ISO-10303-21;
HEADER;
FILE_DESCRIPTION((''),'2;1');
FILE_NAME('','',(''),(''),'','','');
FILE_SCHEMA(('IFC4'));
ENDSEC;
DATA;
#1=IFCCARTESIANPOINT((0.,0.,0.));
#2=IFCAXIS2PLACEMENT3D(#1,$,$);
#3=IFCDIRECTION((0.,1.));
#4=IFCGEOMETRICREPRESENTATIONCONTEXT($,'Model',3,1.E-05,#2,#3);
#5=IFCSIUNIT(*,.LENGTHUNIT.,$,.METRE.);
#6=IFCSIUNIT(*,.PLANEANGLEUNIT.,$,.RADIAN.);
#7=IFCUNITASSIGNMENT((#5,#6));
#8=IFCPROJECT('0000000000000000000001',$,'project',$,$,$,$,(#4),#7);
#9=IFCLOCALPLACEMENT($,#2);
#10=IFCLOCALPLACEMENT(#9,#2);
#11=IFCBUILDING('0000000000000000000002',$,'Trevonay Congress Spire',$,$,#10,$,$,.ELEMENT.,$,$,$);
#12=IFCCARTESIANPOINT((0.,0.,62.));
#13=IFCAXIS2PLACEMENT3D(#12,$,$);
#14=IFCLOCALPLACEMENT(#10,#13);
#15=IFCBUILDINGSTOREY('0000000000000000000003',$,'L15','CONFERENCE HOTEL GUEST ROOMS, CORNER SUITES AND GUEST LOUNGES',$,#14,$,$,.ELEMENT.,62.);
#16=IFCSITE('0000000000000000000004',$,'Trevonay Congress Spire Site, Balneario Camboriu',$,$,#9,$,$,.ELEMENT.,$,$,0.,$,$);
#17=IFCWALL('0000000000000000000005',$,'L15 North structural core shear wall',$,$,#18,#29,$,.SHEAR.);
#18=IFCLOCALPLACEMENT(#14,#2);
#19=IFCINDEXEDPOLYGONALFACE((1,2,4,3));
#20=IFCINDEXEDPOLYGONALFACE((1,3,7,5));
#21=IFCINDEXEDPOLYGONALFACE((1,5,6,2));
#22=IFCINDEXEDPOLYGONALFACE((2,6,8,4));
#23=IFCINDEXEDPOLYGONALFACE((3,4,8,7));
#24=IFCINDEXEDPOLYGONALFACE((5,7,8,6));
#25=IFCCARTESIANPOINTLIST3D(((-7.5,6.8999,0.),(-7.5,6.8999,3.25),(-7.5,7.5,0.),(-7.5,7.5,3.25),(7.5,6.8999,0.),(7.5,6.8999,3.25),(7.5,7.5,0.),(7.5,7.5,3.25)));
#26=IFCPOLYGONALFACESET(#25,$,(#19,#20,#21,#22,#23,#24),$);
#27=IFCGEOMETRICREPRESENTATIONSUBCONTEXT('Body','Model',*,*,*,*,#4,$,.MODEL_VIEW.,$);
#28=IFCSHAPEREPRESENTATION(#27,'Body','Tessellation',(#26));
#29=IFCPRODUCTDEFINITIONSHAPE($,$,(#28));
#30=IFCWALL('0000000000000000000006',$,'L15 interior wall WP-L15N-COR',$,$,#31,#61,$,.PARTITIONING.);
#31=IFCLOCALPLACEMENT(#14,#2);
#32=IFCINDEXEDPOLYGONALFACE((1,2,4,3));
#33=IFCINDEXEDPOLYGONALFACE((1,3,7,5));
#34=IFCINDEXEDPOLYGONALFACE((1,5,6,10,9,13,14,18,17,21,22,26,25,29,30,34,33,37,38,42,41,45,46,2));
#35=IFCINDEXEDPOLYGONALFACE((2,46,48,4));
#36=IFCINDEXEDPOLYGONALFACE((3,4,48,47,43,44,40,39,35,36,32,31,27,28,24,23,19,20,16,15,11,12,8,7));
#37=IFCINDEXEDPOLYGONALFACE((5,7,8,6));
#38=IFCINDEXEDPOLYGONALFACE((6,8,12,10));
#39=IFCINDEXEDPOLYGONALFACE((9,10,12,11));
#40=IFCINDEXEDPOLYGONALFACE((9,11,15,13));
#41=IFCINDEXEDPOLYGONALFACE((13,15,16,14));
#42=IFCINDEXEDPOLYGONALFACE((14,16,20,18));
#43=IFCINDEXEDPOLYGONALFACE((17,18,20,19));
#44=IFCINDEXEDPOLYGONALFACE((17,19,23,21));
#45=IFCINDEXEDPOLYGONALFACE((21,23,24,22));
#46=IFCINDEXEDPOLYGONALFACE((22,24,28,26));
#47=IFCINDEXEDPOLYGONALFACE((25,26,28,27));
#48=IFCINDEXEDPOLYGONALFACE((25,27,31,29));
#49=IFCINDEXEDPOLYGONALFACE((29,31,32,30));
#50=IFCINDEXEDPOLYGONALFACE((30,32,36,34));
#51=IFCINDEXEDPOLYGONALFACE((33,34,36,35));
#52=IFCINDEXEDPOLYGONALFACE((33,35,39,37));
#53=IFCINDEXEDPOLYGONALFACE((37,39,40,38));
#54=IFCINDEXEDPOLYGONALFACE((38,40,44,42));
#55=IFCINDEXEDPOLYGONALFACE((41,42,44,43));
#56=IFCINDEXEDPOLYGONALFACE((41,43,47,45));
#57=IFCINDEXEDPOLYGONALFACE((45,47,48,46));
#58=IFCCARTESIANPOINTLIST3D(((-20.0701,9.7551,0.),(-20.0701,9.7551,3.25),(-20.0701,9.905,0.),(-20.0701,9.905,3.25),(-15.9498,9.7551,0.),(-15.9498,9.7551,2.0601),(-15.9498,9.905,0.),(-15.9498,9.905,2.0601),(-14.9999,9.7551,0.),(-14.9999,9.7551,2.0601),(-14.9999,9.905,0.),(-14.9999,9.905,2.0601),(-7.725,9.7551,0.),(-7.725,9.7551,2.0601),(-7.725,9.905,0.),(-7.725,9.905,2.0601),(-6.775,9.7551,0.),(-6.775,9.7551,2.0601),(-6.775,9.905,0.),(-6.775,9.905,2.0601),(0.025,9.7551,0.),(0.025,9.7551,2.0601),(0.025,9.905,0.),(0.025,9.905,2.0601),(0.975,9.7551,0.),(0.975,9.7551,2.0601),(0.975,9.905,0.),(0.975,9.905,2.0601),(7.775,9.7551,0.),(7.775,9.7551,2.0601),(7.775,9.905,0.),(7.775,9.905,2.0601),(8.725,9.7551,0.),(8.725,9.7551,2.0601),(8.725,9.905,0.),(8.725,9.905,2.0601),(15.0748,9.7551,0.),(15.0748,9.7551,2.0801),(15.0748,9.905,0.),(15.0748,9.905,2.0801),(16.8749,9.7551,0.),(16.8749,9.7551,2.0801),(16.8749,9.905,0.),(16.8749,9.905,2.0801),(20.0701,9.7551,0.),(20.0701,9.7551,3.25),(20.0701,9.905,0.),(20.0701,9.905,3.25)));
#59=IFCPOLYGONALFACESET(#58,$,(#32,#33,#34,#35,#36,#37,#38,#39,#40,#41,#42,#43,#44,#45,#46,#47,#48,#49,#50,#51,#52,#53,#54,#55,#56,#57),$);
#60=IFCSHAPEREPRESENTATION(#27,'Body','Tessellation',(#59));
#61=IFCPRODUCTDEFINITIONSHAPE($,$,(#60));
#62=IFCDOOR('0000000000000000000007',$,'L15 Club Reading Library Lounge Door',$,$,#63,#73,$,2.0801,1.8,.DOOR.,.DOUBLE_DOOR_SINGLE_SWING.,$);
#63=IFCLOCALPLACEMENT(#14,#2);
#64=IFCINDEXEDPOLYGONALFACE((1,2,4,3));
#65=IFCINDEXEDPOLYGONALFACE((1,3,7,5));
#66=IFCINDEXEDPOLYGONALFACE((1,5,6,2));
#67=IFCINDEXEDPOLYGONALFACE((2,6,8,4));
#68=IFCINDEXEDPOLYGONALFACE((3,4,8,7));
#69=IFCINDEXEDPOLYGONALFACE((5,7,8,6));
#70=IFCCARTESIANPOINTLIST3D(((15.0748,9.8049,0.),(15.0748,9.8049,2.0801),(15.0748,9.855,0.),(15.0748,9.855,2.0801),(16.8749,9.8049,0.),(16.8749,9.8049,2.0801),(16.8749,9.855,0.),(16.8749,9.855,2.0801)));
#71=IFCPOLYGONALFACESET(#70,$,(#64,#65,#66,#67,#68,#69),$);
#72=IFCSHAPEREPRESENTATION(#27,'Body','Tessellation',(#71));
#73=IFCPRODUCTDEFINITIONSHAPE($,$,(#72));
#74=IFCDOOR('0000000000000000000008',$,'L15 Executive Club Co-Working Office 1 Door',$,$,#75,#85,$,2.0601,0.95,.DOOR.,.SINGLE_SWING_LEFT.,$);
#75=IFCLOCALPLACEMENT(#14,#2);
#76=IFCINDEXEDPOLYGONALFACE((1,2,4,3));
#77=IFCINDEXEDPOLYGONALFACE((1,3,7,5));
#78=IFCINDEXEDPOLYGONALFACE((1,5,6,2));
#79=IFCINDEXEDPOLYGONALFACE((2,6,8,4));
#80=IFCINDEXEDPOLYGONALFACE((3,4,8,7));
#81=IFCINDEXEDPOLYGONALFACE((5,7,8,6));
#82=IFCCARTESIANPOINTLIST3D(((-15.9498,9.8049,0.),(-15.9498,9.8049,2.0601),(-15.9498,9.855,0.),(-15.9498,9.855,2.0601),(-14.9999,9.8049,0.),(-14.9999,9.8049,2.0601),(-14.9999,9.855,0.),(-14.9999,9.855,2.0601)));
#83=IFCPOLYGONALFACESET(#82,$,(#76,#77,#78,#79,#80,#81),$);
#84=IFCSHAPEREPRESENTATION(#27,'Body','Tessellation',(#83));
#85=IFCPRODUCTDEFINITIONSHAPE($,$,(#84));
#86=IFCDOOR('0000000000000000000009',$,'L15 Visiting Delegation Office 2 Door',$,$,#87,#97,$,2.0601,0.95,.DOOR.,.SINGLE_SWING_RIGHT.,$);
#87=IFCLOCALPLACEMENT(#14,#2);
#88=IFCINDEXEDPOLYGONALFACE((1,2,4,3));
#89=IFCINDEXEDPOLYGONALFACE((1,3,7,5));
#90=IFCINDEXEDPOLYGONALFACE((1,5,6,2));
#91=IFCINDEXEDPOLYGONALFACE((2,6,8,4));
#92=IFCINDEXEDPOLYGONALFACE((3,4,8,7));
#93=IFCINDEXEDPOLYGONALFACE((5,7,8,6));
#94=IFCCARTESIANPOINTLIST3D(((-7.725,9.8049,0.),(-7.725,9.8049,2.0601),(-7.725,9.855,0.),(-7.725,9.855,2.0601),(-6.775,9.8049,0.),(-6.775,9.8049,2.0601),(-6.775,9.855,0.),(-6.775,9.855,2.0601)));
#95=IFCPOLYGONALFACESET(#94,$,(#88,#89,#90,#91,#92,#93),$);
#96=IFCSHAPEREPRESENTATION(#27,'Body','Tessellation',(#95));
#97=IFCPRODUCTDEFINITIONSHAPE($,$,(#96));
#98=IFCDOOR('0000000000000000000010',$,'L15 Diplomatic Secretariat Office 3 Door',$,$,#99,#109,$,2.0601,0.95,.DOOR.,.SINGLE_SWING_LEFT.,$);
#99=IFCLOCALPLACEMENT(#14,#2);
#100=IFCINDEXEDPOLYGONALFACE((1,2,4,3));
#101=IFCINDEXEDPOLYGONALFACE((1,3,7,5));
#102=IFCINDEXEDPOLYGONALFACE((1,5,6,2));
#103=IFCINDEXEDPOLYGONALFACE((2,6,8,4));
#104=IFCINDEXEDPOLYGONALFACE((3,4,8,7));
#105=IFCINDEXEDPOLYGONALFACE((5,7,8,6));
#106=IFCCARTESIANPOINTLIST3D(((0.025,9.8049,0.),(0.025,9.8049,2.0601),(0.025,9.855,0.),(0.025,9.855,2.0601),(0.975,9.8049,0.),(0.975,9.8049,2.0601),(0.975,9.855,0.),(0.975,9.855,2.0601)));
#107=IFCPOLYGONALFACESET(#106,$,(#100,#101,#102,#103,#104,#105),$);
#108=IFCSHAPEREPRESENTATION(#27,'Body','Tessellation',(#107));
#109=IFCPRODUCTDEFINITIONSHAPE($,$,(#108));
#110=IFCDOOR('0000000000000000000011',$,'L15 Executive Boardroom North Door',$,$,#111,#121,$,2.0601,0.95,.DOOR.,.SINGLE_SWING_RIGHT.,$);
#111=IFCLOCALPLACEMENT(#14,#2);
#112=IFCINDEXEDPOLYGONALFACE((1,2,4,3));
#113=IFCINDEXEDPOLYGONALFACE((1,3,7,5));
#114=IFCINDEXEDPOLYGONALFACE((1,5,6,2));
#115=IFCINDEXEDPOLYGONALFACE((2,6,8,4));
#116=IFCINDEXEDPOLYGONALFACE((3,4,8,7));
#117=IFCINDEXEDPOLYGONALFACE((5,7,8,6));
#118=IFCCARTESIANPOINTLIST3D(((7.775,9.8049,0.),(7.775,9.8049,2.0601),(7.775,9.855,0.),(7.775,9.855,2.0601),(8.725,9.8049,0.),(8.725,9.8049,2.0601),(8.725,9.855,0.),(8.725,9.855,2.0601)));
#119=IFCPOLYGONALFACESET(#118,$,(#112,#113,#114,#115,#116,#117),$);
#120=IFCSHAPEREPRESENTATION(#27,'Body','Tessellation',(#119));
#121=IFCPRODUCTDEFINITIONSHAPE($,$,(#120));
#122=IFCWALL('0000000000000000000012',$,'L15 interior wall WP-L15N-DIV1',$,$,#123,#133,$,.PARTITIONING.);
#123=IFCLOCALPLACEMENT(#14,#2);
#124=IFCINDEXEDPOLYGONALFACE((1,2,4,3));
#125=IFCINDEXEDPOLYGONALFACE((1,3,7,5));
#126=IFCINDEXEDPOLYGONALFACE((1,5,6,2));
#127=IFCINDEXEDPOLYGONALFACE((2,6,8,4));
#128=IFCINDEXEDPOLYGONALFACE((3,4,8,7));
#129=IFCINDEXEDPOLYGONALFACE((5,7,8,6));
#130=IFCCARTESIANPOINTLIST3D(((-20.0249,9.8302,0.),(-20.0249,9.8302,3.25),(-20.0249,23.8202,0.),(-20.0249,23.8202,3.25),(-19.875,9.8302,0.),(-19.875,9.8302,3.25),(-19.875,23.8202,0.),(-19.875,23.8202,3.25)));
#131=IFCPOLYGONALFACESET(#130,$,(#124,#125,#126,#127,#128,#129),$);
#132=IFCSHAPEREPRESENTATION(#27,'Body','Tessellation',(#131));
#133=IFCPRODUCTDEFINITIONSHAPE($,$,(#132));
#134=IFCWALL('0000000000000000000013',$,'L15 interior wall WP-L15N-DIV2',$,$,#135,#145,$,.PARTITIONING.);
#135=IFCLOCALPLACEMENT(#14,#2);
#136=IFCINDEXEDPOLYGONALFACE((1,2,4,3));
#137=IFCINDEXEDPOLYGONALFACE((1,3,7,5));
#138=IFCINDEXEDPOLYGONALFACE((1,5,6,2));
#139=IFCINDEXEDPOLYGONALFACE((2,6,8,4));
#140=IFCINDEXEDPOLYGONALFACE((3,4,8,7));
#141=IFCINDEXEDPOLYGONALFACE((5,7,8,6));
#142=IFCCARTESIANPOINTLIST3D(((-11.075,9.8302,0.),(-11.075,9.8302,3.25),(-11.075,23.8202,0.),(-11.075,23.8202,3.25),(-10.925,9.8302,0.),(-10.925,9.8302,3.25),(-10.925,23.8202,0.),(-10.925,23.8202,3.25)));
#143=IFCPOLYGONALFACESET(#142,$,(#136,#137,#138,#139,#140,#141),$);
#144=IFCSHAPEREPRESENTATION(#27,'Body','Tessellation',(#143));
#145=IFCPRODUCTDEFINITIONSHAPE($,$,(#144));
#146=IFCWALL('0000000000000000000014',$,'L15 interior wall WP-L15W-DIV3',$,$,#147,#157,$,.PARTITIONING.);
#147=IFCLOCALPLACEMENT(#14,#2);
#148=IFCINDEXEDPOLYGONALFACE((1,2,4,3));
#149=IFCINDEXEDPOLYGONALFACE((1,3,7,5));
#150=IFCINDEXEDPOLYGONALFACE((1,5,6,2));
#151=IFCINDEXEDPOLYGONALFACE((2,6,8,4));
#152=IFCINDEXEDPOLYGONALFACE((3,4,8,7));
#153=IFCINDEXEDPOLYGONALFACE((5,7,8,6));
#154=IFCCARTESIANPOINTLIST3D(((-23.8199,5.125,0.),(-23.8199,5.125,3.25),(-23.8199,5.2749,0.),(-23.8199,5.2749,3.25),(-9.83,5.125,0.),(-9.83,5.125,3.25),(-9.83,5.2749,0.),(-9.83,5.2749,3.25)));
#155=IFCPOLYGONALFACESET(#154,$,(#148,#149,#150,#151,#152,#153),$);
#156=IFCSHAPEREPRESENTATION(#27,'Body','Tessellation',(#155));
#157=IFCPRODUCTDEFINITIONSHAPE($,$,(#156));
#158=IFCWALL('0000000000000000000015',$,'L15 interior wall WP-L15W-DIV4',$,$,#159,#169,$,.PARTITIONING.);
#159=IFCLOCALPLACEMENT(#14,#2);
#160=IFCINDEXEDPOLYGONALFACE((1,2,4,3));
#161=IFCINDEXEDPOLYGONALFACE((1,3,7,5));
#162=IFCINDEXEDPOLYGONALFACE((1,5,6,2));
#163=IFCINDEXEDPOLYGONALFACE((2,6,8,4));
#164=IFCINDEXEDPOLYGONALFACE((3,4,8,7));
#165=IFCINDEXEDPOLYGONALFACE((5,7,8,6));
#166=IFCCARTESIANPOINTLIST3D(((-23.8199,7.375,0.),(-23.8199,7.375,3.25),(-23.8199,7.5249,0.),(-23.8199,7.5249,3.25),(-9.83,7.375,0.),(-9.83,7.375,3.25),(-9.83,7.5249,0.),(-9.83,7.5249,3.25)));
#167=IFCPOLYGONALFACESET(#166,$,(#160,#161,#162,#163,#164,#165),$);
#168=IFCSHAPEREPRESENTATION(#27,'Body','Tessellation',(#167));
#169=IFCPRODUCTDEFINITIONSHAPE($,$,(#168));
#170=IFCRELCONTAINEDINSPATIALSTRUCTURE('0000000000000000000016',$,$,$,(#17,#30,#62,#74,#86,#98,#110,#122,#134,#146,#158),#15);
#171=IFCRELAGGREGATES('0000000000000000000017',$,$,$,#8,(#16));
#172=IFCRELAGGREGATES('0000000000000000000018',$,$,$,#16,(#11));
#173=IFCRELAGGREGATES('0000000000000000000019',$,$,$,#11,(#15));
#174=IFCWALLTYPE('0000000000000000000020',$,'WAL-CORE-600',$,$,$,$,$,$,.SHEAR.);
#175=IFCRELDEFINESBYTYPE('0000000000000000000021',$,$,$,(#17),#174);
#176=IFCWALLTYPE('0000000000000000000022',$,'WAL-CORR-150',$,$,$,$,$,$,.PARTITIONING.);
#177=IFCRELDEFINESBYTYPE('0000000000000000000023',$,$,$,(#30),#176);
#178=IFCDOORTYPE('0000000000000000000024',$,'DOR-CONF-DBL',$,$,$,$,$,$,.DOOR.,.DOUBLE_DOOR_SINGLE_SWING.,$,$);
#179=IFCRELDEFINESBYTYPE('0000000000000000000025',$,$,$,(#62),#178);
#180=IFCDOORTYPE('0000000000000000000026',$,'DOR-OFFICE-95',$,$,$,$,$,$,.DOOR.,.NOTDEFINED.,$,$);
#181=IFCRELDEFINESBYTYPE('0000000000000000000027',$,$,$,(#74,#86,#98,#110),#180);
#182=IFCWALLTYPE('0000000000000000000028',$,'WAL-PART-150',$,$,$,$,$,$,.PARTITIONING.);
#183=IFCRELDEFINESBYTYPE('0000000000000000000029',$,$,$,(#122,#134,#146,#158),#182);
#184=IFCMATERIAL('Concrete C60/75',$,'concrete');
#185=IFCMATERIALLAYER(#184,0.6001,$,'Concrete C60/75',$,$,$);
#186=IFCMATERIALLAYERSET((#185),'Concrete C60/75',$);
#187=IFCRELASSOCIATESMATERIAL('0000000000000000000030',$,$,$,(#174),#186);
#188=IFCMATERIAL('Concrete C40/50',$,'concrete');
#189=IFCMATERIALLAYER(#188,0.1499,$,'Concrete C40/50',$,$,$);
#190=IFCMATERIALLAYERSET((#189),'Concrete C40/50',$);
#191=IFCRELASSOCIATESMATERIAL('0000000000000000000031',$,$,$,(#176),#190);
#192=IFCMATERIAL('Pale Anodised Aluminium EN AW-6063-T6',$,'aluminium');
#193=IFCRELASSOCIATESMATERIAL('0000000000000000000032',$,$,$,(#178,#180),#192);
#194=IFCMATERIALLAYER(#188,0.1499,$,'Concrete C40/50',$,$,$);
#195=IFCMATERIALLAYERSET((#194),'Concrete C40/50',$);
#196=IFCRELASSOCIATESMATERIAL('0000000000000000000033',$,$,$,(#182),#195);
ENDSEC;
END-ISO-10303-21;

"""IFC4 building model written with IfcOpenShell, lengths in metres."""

from ifc_helpers import new_model, si_unit, direction, frame, frame_2d, origin, place, context, subcontext, project, spatial, rectangle, extrude, material, layer, layer_set, type_object, element, fill, save


model = new_model("IFC4")

# Units and contexts
model_context = context("Model", 3, precision=1e-05, world=origin(), true_north=direction((0.0, 1.0)))
body_context = subcontext(model_context, "Body", "Model", "MODEL_VIEW")
ifc_project = project(units=[si_unit("LENGTHUNIT", "METRE"), si_unit("PLANEANGLEUNIT", "RADIAN")], contexts=[model_context])

# Site, building, storey
site_placement = place(None, origin())
site = spatial("IfcSite", under=ifc_project, at=site_placement, Name="Trevonay Congress Spire Site, Balneario Camboriu", CompositionType="ELEMENT", RefElevation=0.0)
building_placement = place(site_placement, origin())
building = spatial("IfcBuilding", under=site, at=building_placement, Name="Trevonay Congress Spire", CompositionType="ELEMENT")
storey_placement = place(building_placement, frame((0.0, 0.0, 62.0)))
storey = spatial("IfcBuildingStorey", under=building, at=storey_placement, Name="L15", Description="CONFERENCE HOTEL GUEST ROOMS, CORNER SUITES AND GUEST LOUNGES", CompositionType="ELEMENT", Elevation=62.0)

# Shared definitions
ifc_material_1 = material(Name="Pale Anodised Aluminium EN AW-6063-T6", Category="aluminium")

# Wall
ifc_material_2 = material(Name="Concrete C60/75", Category="concrete")
ifc_layer_1 = layer(ifc_material_2, 0.6001, Name="Concrete C60/75")
ifc_layer_set_1 = layer_set([ifc_layer_1], Name="Concrete C60/75")
wall_type_1 = type_object("IfcWallType", Name="WAL-CORE-600", PredefinedType="SHEAR", material=ifc_layer_set_1)
wall_1_placement = place(storey_placement, frame((-7.5, 7.2, 0.0), z_axis=(0.0, 0.0, 1.0), x_axis=(1.0, 0.0, 0.0)))
element("IfcWall", 1, at=wall_1_placement, inside=storey, type_object=wall_type_1, Name="L15 North structural core shear wall", PredefinedType="SHEAR", context=body_context, shape_type="SweptSolid", body=[
    extrude(rectangle(XDim=15.0, YDim=0.6001, at=frame_2d((7.5, 0.0))), origin(), (0.0, 0.0, 1.0), 3.25),
])

# Wall, openings, doors
ifc_material_3 = material(Name="Concrete C40/50", Category="concrete")
ifc_layer_2 = layer(ifc_material_3, 0.1499, Name="Concrete C40/50")
ifc_layer_set_2 = layer_set([ifc_layer_2], Name="Concrete C40/50")
wall_type_2 = type_object("IfcWallType", Name="WAL-CORR-150", PredefinedType="PARTITIONING", material=ifc_layer_set_2)
wall_2_placement = place(storey_placement, frame((-20.0701, 9.8301, 0.0), z_axis=(0.0, 0.0, 1.0), x_axis=(1.0, 0.0, 0.0)))
wall_2 = element("IfcWall", 2, at=wall_2_placement, inside=storey, type_object=wall_type_2, Name="L15 interior wall WP-L15N-COR", PredefinedType="PARTITIONING", context=body_context, shape_type="SweptSolid", body=[
    extrude(rectangle(XDim=40.1401, YDim=0.1499, at=frame_2d((20.0701, 0.0))), origin(), (0.0, 0.0, 1.0), 3.25),
])
opening_1_placement = place(wall_2_placement, frame((4.1201, 0.0, 0.0)))
opening_1 = element("IfcOpeningElement", 3, at=opening_1_placement, cuts=wall_2, PredefinedType="OPENING", context=body_context, shape_type="SweptSolid", body=[
    extrude(rectangle(XDim=0.95, YDim=2.0601, at=frame_2d((0.4751, 1.03))), frame((0.0, 0.085, 0.0), z_axis=(0.0, -1.0, 0.0), x_axis=(1.0, 0.0, 0.0)), (0.0, 0.0, 1.0), 0.1699),
])
opening_2_placement = place(wall_2_placement, frame((12.345, 0.0, 0.0)))
opening_2 = element("IfcOpeningElement", 4, at=opening_2_placement, cuts=wall_2, PredefinedType="OPENING", context=body_context, shape_type="SweptSolid", body=[
    extrude(rectangle(XDim=0.95, YDim=2.0601, at=frame_2d((0.4751, 1.03))), frame((0.0, 0.085, 0.0), z_axis=(0.0, -1.0, 0.0), x_axis=(1.0, 0.0, 0.0)), (0.0, 0.0, 1.0), 0.1699),
])
opening_3_placement = place(wall_2_placement, frame((20.095, 0.0, 0.0)))
opening_3 = element("IfcOpeningElement", 5, at=opening_3_placement, cuts=wall_2, PredefinedType="OPENING", context=body_context, shape_type="SweptSolid", body=[
    extrude(rectangle(XDim=0.95, YDim=2.0601, at=frame_2d((0.4751, 1.03))), frame((0.0, 0.085, 0.0), z_axis=(0.0, -1.0, 0.0), x_axis=(1.0, 0.0, 0.0)), (0.0, 0.0, 1.0), 0.1699),
])
opening_4_placement = place(wall_2_placement, frame((27.845, 0.0, 0.0)))
opening_4 = element("IfcOpeningElement", 6, at=opening_4_placement, cuts=wall_2, PredefinedType="OPENING", context=body_context, shape_type="SweptSolid", body=[
    extrude(rectangle(XDim=0.95, YDim=2.0601, at=frame_2d((0.4751, 1.03))), frame((0.0, 0.085, 0.0), z_axis=(0.0, -1.0, 0.0), x_axis=(1.0, 0.0, 0.0)), (0.0, 0.0, 1.0), 0.1699),
])
opening_5_placement = place(wall_2_placement, frame((35.145, 0.0, 0.0)))
opening_5 = element("IfcOpeningElement", 7, at=opening_5_placement, cuts=wall_2, PredefinedType="OPENING", context=body_context, shape_type="SweptSolid", body=[
    extrude(rectangle(XDim=1.8, YDim=2.0801, at=frame_2d((0.8999, 1.04))), frame((0.0, 0.085, 0.0), z_axis=(0.0, -1.0, 0.0), x_axis=(1.0, 0.0, 0.0)), (0.0, 0.0, 1.0), 0.1699),
])
door_type_1 = type_object("IfcDoorType", Name="DOR-CONF-DBL", OperationType="DOUBLE_DOOR_SINGLE_SWING", PredefinedType="DOOR", material=ifc_material_1)
door_1_placement = place(opening_5_placement, origin())
door_1 = element("IfcDoor", 8, at=door_1_placement, inside=storey, type_object=door_type_1, Name="L15 Club Reading Library Lounge Door", OperationType="DOUBLE_DOOR_SINGLE_SWING", OverallHeight=2.0801, OverallWidth=1.8, PredefinedType="DOOR", context=body_context, shape_type="SweptSolid", body=[
    extrude(rectangle(XDim=1.8, YDim=2.0801, at=frame_2d((0.8999, 1.04))), frame((0.0, 0.0249, 0.0), z_axis=(0.0, -1.0, 0.0), x_axis=(1.0, 0.0, 0.0)), (0.0, 0.0, 1.0), 0.05),
])
fill(opening_5, door_1)
door_type_2 = type_object("IfcDoorType", Name="DOR-OFFICE-95", OperationType="NOTDEFINED", PredefinedType="DOOR", material=ifc_material_1)
door_2_placement = place(opening_1_placement, origin())
door_2 = element("IfcDoor", 9, at=door_2_placement, inside=storey, type_object=door_type_2, Name="L15 Executive Club Co-Working Office 1 Door", OperationType="SINGLE_SWING_LEFT", OverallHeight=2.0601, OverallWidth=0.95, PredefinedType="DOOR", context=body_context, shape_type="SweptSolid", body=[
    extrude(rectangle(XDim=0.95, YDim=2.0601, at=frame_2d((0.4751, 1.03))), frame((0.0, 0.0249, 0.0), z_axis=(0.0, -1.0, 0.0), x_axis=(1.0, 0.0, 0.0)), (0.0, 0.0, 1.0), 0.05),
])
fill(opening_1, door_2)
door_3_placement = place(opening_2_placement, origin())
door_3 = element("IfcDoor", 10, at=door_3_placement, inside=storey, type_object=door_type_2, Name="L15 Visiting Delegation Office 2 Door", OperationType="SINGLE_SWING_RIGHT", OverallHeight=2.0601, OverallWidth=0.95, PredefinedType="DOOR", context=body_context, shape_type="SweptSolid", body=[
    extrude(rectangle(XDim=0.95, YDim=2.0601, at=frame_2d((0.4751, 1.03))), frame((0.0, 0.0249, 0.0), z_axis=(0.0, -1.0, 0.0), x_axis=(1.0, 0.0, 0.0)), (0.0, 0.0, 1.0), 0.05),
])
fill(opening_2, door_3)
door_4_placement = place(opening_3_placement, origin())
door_4 = element("IfcDoor", 11, at=door_4_placement, inside=storey, type_object=door_type_2, Name="L15 Diplomatic Secretariat Office 3 Door", OperationType="SINGLE_SWING_LEFT", OverallHeight=2.0601, OverallWidth=0.95, PredefinedType="DOOR", context=body_context, shape_type="SweptSolid", body=[
    extrude(rectangle(XDim=0.95, YDim=2.0601, at=frame_2d((0.4751, 1.03))), frame((0.0, 0.0249, 0.0), z_axis=(0.0, -1.0, 0.0), x_axis=(1.0, 0.0, 0.0)), (0.0, 0.0, 1.0), 0.05),
])
fill(opening_3, door_4)
door_5_placement = place(opening_4_placement, origin())
door_5 = element("IfcDoor", 12, at=door_5_placement, inside=storey, type_object=door_type_2, Name="L15 Executive Boardroom North Door", OperationType="SINGLE_SWING_RIGHT", OverallHeight=2.0601, OverallWidth=0.95, PredefinedType="DOOR", context=body_context, shape_type="SweptSolid", body=[
    extrude(rectangle(XDim=0.95, YDim=2.0601, at=frame_2d((0.4751, 1.03))), frame((0.0, 0.0249, 0.0), z_axis=(0.0, -1.0, 0.0), x_axis=(1.0, 0.0, 0.0)), (0.0, 0.0, 1.0), 0.05),
])
fill(opening_4, door_5)

# Walls
ifc_layer_3 = layer(ifc_material_3, 0.1499, Name="Concrete C40/50")
ifc_layer_set_3 = layer_set([ifc_layer_3], Name="Concrete C40/50")
wall_type_3 = type_object("IfcWallType", Name="WAL-PART-150", PredefinedType="PARTITIONING", material=ifc_layer_set_3)
for number, where, z_axis, x_axis, name in (
    (13, (-19.95, 9.8301, 0.0), (0.0, 0.0, 1.0), (0.0, 1.0, 0.0), "L15 interior wall WP-L15N-DIV1"),
    (14, (-11.0, 9.8301, 0.0), (0.0, 0.0, 1.0), (0.0, 1.0, 0.0), "L15 interior wall WP-L15N-DIV2"),
    (15, (-23.8201, 5.2, 0.0), (0.0, 0.0, 1.0), (1.0, 0.0, 0.0), "L15 interior wall WP-L15W-DIV3"),
    (16, (-23.8201, 7.45, 0.0), (0.0, 0.0, 1.0), (1.0, 0.0, 0.0), "L15 interior wall WP-L15W-DIV4"),
):
    element("IfcWall", number, at=place(storey_placement, frame(where, z_axis=z_axis, x_axis=x_axis)), inside=storey, type_object=wall_type_3, Name=name, PredefinedType="PARTITIONING", context=body_context, shape_type="SweptSolid", body=[
        extrude(rectangle(XDim=13.99, YDim=0.1499, at=frame_2d((6.9951, 0.0))), origin(), (0.0, 0.0, 1.0), 3.25),
    ])

save(model, "model.ifc")
